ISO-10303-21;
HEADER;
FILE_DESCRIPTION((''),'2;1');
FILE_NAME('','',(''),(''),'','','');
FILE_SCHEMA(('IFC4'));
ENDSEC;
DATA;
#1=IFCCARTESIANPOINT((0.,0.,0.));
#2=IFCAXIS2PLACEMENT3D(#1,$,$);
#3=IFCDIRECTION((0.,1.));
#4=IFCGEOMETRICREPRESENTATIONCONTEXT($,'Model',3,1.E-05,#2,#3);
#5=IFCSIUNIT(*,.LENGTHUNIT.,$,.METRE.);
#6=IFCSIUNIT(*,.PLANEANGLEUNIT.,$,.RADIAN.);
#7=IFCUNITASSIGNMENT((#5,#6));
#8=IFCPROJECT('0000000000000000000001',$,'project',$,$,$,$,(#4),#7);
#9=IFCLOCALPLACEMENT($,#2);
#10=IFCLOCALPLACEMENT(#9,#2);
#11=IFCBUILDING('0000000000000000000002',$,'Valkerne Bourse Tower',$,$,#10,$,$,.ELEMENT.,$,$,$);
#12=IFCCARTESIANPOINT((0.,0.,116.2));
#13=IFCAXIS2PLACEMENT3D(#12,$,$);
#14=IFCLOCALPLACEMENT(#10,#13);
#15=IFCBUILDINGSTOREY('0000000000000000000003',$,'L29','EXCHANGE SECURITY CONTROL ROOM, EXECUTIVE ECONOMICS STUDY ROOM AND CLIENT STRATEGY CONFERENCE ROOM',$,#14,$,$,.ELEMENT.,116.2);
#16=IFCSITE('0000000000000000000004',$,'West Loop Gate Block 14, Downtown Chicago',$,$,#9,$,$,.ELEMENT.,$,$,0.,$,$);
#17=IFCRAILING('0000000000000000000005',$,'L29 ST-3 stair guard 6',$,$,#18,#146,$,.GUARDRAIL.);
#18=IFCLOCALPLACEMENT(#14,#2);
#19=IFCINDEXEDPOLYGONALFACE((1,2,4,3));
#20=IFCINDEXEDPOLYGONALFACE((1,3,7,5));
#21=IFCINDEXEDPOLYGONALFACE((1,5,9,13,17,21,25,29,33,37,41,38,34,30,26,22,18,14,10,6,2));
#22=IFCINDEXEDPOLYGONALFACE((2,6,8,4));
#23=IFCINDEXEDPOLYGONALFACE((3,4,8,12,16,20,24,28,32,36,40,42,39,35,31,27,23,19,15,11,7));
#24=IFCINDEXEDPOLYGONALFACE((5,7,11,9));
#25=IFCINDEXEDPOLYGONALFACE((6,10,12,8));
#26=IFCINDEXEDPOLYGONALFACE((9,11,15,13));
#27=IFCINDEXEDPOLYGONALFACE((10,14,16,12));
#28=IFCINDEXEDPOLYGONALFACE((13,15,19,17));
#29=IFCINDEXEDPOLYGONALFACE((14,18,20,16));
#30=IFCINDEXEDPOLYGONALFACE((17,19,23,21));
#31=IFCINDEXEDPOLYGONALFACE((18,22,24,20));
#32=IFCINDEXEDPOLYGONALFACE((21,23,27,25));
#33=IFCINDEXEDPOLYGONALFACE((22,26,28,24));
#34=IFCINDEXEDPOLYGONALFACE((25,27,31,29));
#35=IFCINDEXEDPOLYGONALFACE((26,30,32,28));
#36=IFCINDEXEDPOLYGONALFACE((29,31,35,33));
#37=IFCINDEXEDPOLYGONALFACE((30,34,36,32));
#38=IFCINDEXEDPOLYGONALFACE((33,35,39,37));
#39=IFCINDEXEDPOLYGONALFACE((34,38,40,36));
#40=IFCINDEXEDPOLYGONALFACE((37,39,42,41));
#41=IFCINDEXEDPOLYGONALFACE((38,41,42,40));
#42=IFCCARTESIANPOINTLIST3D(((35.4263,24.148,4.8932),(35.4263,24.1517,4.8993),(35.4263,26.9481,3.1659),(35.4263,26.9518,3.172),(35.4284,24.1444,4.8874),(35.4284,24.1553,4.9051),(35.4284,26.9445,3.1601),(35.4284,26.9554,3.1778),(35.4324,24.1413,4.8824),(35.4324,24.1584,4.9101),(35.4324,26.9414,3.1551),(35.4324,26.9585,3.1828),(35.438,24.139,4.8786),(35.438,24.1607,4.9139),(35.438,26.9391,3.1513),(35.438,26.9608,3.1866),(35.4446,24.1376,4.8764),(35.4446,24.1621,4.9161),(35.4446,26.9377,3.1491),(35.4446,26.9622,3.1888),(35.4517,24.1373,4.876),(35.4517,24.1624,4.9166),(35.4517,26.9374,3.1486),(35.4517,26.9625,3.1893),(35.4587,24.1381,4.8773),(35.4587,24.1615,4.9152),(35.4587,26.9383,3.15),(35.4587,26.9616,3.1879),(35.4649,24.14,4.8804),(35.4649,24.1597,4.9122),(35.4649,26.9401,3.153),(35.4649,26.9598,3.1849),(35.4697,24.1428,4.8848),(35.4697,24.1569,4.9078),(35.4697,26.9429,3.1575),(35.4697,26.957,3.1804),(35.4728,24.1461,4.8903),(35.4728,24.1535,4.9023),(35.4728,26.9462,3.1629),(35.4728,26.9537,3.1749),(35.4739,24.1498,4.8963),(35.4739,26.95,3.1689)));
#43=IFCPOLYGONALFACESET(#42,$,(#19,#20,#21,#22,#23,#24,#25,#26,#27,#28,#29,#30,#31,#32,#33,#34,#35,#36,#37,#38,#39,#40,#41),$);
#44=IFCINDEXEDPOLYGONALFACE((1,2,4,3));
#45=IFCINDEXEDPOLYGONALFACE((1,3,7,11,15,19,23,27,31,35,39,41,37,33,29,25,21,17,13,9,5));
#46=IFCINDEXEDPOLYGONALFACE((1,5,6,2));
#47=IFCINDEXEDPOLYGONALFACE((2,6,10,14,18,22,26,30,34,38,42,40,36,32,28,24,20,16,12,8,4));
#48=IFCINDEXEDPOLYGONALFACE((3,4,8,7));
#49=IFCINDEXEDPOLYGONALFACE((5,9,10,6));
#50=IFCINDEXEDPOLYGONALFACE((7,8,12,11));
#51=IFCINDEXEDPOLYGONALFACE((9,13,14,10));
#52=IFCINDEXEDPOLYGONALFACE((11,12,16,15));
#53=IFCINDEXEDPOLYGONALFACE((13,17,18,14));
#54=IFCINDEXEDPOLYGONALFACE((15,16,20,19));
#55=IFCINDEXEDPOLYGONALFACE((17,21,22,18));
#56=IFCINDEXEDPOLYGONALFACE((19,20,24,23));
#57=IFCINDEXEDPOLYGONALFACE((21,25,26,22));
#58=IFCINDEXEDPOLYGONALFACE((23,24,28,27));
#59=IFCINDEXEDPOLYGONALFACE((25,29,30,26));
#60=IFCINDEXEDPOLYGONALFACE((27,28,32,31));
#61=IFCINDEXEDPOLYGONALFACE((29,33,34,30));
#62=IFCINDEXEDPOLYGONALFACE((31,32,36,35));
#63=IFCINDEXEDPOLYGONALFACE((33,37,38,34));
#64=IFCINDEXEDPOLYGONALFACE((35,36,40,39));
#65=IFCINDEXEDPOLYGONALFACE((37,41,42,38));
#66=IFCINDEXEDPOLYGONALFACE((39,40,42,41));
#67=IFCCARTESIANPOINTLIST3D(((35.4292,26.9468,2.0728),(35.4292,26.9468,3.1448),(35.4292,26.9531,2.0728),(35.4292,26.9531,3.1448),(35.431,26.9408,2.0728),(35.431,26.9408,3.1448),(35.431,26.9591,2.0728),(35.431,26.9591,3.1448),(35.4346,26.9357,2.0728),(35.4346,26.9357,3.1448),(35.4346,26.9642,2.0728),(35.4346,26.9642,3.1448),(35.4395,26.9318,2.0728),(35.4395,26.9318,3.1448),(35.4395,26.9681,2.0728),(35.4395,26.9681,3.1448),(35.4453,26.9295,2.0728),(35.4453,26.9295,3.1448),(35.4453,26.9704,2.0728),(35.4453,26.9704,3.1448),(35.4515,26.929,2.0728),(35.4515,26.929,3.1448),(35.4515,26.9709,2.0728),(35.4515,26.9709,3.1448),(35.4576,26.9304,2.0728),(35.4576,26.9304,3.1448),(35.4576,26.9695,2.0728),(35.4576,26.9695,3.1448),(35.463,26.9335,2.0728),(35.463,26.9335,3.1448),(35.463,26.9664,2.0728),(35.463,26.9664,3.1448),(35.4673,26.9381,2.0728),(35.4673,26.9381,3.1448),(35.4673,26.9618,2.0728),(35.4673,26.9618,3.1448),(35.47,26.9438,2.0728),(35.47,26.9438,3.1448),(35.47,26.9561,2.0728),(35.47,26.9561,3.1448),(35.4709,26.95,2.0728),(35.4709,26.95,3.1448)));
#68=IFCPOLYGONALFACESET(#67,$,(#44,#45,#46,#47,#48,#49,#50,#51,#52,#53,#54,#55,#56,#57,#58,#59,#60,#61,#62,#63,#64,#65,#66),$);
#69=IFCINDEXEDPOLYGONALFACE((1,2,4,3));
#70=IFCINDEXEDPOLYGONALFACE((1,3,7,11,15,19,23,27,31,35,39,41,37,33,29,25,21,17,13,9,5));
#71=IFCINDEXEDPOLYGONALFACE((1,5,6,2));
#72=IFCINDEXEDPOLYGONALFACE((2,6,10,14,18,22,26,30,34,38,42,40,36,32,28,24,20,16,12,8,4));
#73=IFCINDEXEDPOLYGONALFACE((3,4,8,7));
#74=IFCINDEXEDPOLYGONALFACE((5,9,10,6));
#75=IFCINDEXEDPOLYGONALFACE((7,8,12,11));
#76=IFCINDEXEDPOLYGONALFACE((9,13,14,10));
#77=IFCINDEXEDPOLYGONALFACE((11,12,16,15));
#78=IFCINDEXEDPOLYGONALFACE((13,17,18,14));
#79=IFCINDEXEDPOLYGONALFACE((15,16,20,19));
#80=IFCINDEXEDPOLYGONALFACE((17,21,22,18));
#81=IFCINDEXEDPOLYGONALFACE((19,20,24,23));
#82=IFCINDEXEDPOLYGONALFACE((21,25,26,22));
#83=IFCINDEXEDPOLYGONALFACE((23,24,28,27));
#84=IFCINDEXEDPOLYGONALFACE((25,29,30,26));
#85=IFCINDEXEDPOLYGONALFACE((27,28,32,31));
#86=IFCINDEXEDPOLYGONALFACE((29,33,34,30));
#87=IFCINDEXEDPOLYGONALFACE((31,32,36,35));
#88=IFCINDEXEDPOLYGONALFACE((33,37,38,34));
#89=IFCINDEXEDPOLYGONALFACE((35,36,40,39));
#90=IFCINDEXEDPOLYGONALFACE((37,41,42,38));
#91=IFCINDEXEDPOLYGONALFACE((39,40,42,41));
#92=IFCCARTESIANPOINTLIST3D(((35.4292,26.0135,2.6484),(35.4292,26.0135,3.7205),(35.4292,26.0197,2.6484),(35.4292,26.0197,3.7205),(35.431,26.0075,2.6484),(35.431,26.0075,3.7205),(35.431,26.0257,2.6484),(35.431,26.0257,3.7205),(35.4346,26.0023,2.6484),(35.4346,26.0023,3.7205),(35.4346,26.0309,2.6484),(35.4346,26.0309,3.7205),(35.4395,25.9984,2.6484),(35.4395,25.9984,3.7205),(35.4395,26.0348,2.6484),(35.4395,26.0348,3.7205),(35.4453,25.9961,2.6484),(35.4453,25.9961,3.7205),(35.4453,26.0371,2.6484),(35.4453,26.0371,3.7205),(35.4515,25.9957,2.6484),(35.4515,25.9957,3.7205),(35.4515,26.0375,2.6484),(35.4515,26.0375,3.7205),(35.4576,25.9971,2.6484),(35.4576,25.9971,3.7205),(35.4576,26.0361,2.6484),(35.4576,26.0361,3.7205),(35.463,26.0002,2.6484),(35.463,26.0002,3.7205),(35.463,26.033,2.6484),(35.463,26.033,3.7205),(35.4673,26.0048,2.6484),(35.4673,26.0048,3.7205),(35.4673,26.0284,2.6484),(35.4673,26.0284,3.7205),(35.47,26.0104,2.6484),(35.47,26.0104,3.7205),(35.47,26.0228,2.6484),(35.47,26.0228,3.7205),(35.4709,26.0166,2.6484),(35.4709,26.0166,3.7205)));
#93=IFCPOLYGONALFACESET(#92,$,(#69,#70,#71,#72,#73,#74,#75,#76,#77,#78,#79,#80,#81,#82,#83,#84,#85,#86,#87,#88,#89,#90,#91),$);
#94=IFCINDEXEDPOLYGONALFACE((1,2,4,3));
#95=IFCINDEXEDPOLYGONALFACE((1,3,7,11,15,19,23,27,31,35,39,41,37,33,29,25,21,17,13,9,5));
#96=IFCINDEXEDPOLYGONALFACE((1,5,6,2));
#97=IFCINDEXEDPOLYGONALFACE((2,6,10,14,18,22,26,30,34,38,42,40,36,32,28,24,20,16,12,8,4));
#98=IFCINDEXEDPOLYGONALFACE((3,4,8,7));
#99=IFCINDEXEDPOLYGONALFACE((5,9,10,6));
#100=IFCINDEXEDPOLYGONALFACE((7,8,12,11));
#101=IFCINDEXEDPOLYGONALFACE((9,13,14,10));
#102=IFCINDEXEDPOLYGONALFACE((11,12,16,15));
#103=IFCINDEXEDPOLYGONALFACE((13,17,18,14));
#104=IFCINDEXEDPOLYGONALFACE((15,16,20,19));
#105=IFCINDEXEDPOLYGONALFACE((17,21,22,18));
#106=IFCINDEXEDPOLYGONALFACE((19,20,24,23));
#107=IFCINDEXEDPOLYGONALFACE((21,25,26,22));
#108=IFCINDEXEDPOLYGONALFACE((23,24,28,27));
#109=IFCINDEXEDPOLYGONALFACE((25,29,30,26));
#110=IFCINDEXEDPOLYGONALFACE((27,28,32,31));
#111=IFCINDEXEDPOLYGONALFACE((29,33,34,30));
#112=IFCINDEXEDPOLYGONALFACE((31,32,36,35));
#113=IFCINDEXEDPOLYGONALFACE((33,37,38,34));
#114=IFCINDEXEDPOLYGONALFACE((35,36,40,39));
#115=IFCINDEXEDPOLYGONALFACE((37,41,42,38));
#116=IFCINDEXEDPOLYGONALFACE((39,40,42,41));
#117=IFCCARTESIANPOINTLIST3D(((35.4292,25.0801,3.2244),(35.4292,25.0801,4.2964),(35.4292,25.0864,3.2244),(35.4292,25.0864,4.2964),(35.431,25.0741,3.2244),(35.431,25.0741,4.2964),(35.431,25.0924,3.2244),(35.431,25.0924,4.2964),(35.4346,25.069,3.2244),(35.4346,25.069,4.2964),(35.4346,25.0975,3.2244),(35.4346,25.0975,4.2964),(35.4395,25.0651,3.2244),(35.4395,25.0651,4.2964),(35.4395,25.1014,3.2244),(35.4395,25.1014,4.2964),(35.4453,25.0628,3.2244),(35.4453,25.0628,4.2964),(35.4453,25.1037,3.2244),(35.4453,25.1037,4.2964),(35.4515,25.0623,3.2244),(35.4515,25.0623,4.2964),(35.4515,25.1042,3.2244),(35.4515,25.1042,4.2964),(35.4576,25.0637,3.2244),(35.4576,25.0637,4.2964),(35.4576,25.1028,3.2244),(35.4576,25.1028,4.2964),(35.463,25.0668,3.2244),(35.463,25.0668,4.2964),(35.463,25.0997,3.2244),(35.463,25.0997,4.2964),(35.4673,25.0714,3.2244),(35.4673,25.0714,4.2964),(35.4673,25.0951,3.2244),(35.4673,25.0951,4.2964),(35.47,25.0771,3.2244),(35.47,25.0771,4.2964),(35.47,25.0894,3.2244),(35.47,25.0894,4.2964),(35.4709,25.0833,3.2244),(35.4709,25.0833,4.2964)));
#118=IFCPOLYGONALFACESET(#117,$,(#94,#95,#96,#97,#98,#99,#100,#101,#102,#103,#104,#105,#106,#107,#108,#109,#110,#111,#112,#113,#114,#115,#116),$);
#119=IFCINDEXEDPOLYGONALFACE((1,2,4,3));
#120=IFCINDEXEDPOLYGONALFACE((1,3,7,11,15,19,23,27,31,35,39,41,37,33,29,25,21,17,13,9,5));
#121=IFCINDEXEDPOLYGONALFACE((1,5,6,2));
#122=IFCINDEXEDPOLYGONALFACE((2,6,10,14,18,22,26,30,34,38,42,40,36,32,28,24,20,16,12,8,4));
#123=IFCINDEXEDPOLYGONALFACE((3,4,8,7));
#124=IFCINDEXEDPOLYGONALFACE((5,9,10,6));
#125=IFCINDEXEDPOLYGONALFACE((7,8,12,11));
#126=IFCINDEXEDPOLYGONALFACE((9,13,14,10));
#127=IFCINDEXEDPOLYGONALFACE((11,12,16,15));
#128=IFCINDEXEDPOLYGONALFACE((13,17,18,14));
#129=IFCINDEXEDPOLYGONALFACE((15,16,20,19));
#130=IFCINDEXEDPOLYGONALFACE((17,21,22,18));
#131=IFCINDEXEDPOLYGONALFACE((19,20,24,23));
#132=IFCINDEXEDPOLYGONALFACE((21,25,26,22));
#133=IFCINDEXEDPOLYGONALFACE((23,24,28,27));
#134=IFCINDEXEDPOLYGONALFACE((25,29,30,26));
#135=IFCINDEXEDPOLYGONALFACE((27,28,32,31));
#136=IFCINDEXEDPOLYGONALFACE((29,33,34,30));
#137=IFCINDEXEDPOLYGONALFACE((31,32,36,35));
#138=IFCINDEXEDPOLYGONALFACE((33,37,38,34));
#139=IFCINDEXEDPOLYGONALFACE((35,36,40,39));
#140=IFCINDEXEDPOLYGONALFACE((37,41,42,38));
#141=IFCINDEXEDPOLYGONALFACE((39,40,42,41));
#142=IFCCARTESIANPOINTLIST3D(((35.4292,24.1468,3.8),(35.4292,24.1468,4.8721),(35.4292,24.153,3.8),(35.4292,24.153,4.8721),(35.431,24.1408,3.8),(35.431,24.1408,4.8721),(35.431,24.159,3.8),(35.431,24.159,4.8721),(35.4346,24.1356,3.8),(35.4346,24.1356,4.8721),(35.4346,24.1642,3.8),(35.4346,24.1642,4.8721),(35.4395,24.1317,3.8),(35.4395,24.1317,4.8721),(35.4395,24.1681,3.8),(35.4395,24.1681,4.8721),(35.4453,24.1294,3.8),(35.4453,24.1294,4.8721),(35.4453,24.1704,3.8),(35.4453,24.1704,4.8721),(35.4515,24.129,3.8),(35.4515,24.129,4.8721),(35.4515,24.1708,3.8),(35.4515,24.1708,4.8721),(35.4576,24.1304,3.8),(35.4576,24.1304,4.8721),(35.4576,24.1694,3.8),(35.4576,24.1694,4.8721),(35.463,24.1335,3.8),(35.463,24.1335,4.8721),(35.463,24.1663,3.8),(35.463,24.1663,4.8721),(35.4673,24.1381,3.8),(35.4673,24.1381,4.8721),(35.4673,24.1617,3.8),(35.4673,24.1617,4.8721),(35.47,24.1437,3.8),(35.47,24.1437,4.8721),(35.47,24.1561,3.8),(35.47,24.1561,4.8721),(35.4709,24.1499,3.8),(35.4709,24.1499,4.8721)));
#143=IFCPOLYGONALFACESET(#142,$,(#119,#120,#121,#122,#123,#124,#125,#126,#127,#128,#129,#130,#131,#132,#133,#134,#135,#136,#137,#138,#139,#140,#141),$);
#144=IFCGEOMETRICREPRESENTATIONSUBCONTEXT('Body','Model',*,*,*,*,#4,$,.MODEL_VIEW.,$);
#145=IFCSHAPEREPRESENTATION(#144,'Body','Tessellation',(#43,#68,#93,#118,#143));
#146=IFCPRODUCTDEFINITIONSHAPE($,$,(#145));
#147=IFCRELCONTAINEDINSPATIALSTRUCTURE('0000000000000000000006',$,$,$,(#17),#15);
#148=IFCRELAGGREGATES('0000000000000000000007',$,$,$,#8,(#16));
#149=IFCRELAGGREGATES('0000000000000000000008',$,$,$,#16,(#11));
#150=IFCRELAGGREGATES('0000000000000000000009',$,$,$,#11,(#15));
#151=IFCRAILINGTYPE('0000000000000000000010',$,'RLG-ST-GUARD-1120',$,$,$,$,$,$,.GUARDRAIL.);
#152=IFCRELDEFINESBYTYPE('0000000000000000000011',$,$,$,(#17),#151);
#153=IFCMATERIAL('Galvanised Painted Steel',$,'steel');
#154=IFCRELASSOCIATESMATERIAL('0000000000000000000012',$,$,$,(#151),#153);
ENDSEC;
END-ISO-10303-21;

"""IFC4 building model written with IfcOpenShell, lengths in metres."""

from ifc_helpers import new_model, si_unit, direction, frame, origin, origin_2d, place, context, subcontext, project, spatial, circle, extrude, material, type_object, element, save


model = new_model("IFC4")

# Units and contexts
model_context = context("Model", 3, precision=1e-05, world=origin(), true_north=direction((0.0, 1.0)))
body_context = subcontext(model_context, "Body", "Model", "MODEL_VIEW")
ifc_project = project(units=[si_unit("LENGTHUNIT", "METRE"), si_unit("PLANEANGLEUNIT", "RADIAN")], contexts=[model_context])

# Site, building, storey
site_placement = place(None, origin())
site = spatial("IfcSite", under=ifc_project, at=site_placement, Name="West Loop Gate Block 14, Downtown Chicago", CompositionType="ELEMENT", RefElevation=0.0)
building_placement = place(site_placement, origin())
building = spatial("IfcBuilding", under=site, at=building_placement, Name="Valkerne Bourse Tower", CompositionType="ELEMENT")
storey_placement = place(building_placement, frame((0.0, 0.0, 116.2)))
storey = spatial("IfcBuildingStorey", under=building, at=storey_placement, Name="L29", Description="EXCHANGE SECURITY CONTROL ROOM, EXECUTIVE ECONOMICS STUDY ROOM AND CLIENT STRATEGY CONFERENCE ROOM", CompositionType="ELEMENT", Elevation=116.2)

# Railing
ifc_material_1 = material(Name="Galvanised Painted Steel", Category="steel")
railing_type_1 = type_object("IfcRailingType", Name="RLG-ST-GUARD-1120", PredefinedType="GUARDRAIL", material=ifc_material_1)
railing_1_placement = place(storey_placement, frame((35.45, 26.95, 2.0728)))
element("IfcRailing", 1, at=railing_1_placement, inside=storey, type_object=railing_type_1, Name="L29 ST-3 stair guard 6", PredefinedType="GUARDRAIL", context=body_context, shape_type="SweptSolid", body=[
    extrude(circle(Radius=0.0239, at=origin_2d()), frame((0.0, 0.0, 1.0962), z_axis=(0.0, -0.85109, 0.52502), x_axis=(1.0, 0.0, 0.0)), (0.0, 0.0, 1.0), 3.29),
    extrude(circle(Radius=0.021, at=origin_2d()), origin(), (0.0, 0.0, 1.0), 1.072),
    extrude(circle(Radius=0.021, at=origin_2d()), frame((0.0, -0.9333, 0.5757)), (0.0, 0.0, 1.0), 1.072),
    extrude(circle(Radius=0.021, at=origin_2d()), frame((0.0, -1.8667, 1.1516)), (0.0, 0.0, 1.0), 1.072),
    extrude(circle(Radius=0.021, at=origin_2d()), frame((0.0, -2.8, 1.7273)), (0.0, 0.0, 1.0), 1.072),
])

save(model, "model.ifc")
